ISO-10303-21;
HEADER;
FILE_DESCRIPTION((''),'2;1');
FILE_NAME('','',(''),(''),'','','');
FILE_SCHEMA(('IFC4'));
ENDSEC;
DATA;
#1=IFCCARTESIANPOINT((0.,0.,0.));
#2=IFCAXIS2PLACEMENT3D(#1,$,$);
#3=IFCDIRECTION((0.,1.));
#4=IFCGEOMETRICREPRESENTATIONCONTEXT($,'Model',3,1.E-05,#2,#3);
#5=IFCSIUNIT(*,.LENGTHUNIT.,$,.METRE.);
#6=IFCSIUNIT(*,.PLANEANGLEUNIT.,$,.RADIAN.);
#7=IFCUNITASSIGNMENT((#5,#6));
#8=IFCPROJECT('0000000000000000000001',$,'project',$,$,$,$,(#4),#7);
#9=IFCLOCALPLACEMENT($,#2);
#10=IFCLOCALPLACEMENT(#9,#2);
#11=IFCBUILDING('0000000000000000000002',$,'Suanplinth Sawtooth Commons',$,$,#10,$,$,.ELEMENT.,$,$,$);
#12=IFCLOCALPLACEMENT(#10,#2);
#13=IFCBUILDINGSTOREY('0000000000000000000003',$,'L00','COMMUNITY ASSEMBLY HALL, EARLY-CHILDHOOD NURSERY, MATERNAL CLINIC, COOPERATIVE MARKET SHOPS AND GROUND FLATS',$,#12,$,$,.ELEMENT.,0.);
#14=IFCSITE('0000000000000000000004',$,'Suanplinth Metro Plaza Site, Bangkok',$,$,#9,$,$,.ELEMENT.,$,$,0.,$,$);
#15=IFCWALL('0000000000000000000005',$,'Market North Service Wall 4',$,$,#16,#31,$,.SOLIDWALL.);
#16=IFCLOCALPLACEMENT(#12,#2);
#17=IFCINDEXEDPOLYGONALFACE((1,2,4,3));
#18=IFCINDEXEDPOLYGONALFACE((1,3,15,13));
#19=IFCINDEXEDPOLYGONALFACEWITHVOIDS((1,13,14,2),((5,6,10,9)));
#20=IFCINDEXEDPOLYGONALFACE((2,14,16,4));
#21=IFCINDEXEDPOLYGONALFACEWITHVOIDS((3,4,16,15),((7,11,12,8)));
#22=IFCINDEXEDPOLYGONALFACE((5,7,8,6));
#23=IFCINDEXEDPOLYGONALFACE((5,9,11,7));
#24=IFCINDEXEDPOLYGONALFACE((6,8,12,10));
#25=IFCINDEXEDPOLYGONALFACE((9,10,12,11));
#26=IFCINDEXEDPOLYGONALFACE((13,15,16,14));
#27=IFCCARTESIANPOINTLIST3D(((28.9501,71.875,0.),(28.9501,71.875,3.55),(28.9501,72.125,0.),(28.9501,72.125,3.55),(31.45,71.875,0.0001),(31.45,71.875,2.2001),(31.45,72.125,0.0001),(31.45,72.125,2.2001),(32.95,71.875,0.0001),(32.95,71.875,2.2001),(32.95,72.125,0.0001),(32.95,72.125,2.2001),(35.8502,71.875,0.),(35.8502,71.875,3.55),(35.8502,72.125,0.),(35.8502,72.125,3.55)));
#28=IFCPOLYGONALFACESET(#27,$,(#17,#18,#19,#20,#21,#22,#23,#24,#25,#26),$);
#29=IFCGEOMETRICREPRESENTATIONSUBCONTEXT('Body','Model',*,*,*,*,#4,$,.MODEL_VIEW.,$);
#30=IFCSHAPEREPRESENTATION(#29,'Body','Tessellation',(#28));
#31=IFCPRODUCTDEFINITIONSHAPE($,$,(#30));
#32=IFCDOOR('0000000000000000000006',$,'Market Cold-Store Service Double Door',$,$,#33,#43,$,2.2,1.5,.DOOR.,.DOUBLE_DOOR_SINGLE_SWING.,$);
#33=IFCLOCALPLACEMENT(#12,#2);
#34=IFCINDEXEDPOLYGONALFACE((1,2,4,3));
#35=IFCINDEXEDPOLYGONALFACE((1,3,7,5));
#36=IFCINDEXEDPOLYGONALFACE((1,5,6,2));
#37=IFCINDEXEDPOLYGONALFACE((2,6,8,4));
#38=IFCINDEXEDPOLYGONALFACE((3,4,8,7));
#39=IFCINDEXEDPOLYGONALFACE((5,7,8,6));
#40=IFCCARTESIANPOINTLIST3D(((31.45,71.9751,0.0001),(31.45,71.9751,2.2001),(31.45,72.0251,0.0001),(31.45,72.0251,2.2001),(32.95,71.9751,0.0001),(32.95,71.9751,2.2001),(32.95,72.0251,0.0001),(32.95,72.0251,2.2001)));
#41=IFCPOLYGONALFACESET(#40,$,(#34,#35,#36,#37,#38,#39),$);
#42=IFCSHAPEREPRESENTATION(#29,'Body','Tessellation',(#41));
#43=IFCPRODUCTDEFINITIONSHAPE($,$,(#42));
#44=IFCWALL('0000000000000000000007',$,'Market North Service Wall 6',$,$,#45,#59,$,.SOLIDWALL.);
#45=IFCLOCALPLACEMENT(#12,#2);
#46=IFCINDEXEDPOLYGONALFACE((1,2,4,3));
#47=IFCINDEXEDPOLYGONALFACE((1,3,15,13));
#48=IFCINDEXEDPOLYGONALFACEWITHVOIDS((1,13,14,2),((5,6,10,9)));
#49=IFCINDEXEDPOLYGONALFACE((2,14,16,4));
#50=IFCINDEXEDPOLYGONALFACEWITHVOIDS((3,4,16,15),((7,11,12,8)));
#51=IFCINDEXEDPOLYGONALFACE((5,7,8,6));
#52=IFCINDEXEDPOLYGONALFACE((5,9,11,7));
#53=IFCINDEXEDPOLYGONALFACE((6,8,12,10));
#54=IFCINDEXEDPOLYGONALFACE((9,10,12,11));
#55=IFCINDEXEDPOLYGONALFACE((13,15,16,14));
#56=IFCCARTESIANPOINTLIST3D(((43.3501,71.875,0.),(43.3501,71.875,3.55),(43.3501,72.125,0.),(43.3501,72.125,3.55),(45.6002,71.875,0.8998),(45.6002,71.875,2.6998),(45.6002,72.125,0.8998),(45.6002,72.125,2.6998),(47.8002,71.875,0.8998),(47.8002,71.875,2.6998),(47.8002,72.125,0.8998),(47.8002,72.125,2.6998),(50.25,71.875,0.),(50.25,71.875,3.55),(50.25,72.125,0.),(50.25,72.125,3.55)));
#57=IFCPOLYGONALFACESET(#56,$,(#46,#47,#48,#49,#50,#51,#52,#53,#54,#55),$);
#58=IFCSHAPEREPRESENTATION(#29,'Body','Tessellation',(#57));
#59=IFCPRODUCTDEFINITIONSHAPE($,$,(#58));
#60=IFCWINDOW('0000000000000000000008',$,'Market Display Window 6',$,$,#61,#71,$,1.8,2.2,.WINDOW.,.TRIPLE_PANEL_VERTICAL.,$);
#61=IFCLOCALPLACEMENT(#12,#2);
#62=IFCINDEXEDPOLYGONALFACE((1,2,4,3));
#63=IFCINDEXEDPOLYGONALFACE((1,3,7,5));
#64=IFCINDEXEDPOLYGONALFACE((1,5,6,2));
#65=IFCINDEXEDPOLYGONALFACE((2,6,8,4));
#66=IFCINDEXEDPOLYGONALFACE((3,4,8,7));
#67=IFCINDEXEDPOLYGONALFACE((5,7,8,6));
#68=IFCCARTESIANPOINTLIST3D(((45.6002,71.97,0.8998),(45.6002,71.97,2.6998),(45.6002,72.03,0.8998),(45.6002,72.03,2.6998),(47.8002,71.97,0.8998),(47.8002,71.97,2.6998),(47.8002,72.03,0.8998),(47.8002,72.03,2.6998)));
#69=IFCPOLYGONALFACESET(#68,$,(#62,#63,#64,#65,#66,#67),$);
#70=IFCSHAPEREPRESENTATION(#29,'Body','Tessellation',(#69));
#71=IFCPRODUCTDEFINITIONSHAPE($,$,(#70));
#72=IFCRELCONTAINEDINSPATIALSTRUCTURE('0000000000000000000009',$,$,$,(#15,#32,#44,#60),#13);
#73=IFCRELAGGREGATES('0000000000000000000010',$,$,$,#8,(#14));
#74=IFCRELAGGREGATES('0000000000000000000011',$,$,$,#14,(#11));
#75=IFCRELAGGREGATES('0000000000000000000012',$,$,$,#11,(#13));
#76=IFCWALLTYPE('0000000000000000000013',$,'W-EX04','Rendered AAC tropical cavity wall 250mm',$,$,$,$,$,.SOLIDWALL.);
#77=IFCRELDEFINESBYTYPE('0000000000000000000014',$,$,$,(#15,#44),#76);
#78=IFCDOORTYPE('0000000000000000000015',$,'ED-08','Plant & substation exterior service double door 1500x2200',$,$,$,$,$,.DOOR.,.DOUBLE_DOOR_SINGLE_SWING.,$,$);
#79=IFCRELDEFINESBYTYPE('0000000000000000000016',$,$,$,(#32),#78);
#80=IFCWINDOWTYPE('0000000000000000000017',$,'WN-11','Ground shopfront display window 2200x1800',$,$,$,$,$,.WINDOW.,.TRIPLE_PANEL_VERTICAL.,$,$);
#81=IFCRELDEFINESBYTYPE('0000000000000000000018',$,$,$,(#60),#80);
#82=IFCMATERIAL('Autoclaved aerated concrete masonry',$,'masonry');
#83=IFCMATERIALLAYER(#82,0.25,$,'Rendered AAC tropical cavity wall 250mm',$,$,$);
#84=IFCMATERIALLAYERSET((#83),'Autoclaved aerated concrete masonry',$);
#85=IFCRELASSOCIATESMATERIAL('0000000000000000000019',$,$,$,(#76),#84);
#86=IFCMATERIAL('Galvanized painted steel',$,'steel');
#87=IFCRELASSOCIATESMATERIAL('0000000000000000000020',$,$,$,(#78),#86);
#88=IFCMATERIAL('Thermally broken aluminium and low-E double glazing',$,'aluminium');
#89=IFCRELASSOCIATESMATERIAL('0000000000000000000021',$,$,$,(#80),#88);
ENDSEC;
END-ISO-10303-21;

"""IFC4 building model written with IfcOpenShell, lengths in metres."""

from ifc_helpers import new_model, si_unit, direction, frame, frame_2d, origin, place, context, subcontext, project, spatial, rectangle, extrude, material, layer, layer_set, type_object, element, fill, save


model = new_model("IFC4")

# Units and contexts
model_context = context("Model", 3, precision=1e-05, world=origin(), true_north=direction((0.0, 1.0)))
body_context = subcontext(model_context, "Body", "Model", "MODEL_VIEW")
ifc_project = project(units=[si_unit("LENGTHUNIT", "METRE"), si_unit("PLANEANGLEUNIT", "RADIAN")], contexts=[model_context])

# Site, building, storey
site_placement = place(None, origin())
site = spatial("IfcSite", under=ifc_project, at=site_placement, Name="Suanplinth Metro Plaza Site, Bangkok", CompositionType="ELEMENT", RefElevation=0.0)
building_placement = place(site_placement, origin())
building = spatial("IfcBuilding", under=site, at=building_placement, Name="Suanplinth Sawtooth Commons", CompositionType="ELEMENT")
storey_placement = place(building_placement, origin())
storey = spatial("IfcBuildingStorey", under=building, at=storey_placement, Name="L00", Description="COMMUNITY ASSEMBLY HALL, EARLY-CHILDHOOD NURSERY, MATERNAL CLINIC, COOPERATIVE MARKET SHOPS AND GROUND FLATS", CompositionType="ELEMENT", Elevation=0.0)

# Wall, opening, door
ifc_material_1 = material(Name="Autoclaved aerated concrete masonry", Category="masonry")
ifc_layer_1 = layer(ifc_material_1, 0.25, Name="Rendered AAC tropical cavity wall 250mm")
ifc_layer_set_1 = layer_set([ifc_layer_1], Name="Autoclaved aerated concrete masonry")
wall_type = type_object("IfcWallType", Name="W-EX04", Description="Rendered AAC tropical cavity wall 250mm", PredefinedType="SOLIDWALL", material=ifc_layer_set_1)
wall_1_placement = place(storey_placement, frame((28.95, 72.0, 0.0), z_axis=(0.0, 0.0, 1.0), x_axis=(1.0, 0.0, 0.0)))
wall_1 = element("IfcWall", 1, at=wall_1_placement, inside=storey, type_object=wall_type, Name="Market North Service Wall 4", PredefinedType="SOLIDWALL", context=body_context, shape_type="SweptSolid", body=[
    extrude(rectangle(XDim=6.9001, YDim=0.25, at=frame_2d((3.4502, 0.0))), origin(), (0.0, 0.0, 1.0), 3.55),
])
opening_1_placement = place(wall_1_placement, frame((2.5, 0.0, 0.0)))
opening_1 = element("IfcOpeningElement", 2, at=opening_1_placement, cuts=wall_1, PredefinedType="OPENING", context=body_context, shape_type="SweptSolid", body=[
    extrude(rectangle(XDim=1.5, YDim=2.2, at=frame_2d((0.75, 1.1001))), frame((0.0, 0.1399, 0.0), z_axis=(0.0, -1.0, 0.0), x_axis=(1.0, 0.0, 0.0)), (0.0, 0.0, 1.0), 0.2798),
])
ifc_material_2 = material(Name="Galvanized painted steel", Category="steel")
door_type = type_object("IfcDoorType", Name="ED-08", Description="Plant & substation exterior service double door 1500x2200", OperationType="DOUBLE_DOOR_SINGLE_SWING", PredefinedType="DOOR", material=ifc_material_2)
door_placement = place(opening_1_placement, frame((1.5, 0.0, 0.0), z_axis=(0.0, 0.0, 1.0), x_axis=(-1.0, 0.0, 0.0)))
door = element("IfcDoor", 3, at=door_placement, inside=storey, type_object=door_type, Name="Market Cold-Store Service Double Door", OperationType="DOUBLE_DOOR_SINGLE_SWING", OverallHeight=2.2, OverallWidth=1.5, PredefinedType="DOOR", context=body_context, shape_type="SweptSolid", body=[
    extrude(rectangle(XDim=1.5, YDim=2.2, at=frame_2d((0.75, 1.1001))), frame((0.0, 0.0249, 0.0), z_axis=(0.0, -1.0, 0.0), x_axis=(1.0, 0.0, 0.0)), (0.0, 0.0, 1.0), 0.05),
])
fill(opening_1, door)

# Wall, opening, window
wall_2_placement = place(storey_placement, frame((43.3501, 72.0, 0.0), z_axis=(0.0, 0.0, 1.0), x_axis=(1.0, 0.0, 0.0)))
wall_2 = element("IfcWall", 4, at=wall_2_placement, inside=storey, type_object=wall_type, Name="Market North Service Wall 6", PredefinedType="SOLIDWALL", context=body_context, shape_type="SweptSolid", body=[
    extrude(rectangle(XDim=6.8999, YDim=0.25, at=frame_2d((3.45, 0.0))), origin(), (0.0, 0.0, 1.0), 3.55),
])
opening_2_placement = place(wall_2_placement, frame((2.25, 0.0, 0.8999)))
opening_2 = element("IfcOpeningElement", 5, at=opening_2_placement, cuts=wall_2, PredefinedType="OPENING", context=body_context, shape_type="SweptSolid", body=[
    extrude(rectangle(XDim=2.2, YDim=1.8, at=frame_2d((1.1001, 0.8999))), frame((0.0, 0.1399, 0.0), z_axis=(0.0, -1.0, 0.0), x_axis=(1.0, 0.0, 0.0)), (0.0, 0.0, 1.0), 0.2798),
])
ifc_material_3 = material(Name="Thermally broken aluminium and low-E double glazing", Category="aluminium")
window_type = type_object("IfcWindowType", Name="WN-11", Description="Ground shopfront display window 2200x1800", PartitioningType="TRIPLE_PANEL_VERTICAL", PredefinedType="WINDOW", material=ifc_material_3)
window_placement = place(opening_2_placement, origin())
window = element("IfcWindow", 6, at=window_placement, inside=storey, type_object=window_type, Name="Market Display Window 6", OverallHeight=1.8, OverallWidth=2.2, PartitioningType="TRIPLE_PANEL_VERTICAL", PredefinedType="WINDOW", context=body_context, shape_type="SweptSolid", body=[
    extrude(rectangle(XDim=2.2, YDim=1.8, at=frame_2d((1.1001, 0.8999))), frame((0.0, 0.03, 0.0), z_axis=(0.0, -1.0, 0.0), x_axis=(1.0, 0.0, 0.0)), (0.0, 0.0, 1.0), 0.0601),
])
fill(opening_2, window)

save(model, "model.ifc")
